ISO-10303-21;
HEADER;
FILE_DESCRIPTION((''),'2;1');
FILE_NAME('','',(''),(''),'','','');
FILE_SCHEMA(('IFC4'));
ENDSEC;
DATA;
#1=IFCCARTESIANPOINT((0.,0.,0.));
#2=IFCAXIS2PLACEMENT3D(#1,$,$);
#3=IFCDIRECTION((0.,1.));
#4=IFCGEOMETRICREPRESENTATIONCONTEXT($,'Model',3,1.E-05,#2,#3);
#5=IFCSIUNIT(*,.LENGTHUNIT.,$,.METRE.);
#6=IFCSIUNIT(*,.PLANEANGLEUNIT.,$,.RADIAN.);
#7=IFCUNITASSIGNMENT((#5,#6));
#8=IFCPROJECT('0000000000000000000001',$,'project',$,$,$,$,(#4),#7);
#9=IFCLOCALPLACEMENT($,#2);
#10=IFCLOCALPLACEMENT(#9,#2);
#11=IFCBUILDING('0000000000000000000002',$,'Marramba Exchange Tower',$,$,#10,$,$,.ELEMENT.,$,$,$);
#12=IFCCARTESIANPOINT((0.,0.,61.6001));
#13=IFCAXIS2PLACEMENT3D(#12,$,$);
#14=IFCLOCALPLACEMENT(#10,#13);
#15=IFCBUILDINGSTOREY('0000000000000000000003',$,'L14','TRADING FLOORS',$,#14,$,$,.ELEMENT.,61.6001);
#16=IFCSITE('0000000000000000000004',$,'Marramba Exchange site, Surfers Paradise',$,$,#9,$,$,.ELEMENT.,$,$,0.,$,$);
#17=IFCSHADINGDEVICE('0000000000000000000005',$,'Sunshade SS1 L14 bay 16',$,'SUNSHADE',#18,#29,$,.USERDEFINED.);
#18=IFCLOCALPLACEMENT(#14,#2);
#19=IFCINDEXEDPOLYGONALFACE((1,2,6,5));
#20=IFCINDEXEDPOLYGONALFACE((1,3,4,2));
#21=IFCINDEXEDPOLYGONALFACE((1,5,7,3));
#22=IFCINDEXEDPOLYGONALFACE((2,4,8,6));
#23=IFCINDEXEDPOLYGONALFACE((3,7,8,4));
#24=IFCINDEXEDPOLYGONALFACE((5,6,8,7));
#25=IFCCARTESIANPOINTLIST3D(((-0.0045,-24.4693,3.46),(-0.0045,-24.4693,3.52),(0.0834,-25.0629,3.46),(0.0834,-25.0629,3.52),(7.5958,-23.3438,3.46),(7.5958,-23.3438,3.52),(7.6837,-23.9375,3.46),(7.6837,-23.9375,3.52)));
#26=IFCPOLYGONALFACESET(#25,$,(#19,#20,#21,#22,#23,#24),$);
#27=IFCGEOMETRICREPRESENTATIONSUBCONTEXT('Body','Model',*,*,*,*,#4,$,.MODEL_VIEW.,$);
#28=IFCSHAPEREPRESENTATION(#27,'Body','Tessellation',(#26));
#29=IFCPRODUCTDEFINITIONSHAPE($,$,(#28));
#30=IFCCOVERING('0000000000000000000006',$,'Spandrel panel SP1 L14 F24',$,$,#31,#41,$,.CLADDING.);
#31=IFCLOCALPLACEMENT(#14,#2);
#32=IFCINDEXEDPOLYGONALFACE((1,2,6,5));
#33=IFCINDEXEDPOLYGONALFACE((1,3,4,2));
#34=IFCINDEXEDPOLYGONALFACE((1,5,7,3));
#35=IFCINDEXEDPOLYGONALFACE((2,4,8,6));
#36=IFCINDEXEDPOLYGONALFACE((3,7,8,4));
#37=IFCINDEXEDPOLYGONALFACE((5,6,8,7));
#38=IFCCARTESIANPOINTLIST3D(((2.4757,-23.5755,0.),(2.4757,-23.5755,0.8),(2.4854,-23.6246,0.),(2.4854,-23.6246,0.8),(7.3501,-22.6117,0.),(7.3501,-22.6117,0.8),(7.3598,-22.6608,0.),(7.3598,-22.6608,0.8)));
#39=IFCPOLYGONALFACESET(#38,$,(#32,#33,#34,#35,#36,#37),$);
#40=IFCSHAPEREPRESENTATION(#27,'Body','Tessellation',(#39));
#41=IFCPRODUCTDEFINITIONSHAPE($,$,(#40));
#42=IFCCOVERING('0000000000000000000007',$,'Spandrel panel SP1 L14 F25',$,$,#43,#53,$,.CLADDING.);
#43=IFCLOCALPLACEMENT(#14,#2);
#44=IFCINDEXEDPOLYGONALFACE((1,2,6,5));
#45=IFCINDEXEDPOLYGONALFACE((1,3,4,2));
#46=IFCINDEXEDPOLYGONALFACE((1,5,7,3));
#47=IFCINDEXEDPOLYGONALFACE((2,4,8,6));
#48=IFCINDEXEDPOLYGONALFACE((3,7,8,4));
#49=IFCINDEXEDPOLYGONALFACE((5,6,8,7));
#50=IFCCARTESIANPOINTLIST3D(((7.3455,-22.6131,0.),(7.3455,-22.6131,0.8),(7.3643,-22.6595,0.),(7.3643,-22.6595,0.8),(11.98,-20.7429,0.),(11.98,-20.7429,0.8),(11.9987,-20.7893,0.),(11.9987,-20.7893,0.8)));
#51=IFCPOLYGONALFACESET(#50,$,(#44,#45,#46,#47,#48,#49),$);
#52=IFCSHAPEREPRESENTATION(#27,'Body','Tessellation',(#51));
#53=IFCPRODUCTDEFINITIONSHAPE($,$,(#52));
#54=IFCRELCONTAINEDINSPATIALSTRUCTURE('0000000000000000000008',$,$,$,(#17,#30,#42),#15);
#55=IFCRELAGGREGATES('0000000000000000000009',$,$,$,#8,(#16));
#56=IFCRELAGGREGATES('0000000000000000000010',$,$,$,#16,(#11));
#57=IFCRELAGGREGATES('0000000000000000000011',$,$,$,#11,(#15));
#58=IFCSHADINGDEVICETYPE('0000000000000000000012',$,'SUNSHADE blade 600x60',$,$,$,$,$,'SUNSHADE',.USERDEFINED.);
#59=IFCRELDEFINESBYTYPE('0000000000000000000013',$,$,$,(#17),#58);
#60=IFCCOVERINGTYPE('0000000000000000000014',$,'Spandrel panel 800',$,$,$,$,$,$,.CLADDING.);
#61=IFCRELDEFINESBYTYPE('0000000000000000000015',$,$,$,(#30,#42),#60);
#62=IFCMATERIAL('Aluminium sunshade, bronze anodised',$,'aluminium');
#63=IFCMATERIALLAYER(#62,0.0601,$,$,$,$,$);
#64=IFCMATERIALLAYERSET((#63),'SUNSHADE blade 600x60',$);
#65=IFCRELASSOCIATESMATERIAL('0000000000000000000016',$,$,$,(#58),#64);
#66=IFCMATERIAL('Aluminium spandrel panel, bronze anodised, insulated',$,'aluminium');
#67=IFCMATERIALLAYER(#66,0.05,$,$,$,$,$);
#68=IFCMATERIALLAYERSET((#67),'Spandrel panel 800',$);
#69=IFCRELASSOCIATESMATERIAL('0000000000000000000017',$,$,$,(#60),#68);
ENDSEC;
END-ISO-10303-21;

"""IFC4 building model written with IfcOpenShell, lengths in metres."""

from ifc_helpers import new_model, si_unit, direction, frame, origin, origin_2d, place, context, subcontext, project, spatial, rectangle, extrude, material, layer, layer_set, type_object, element, save


model = new_model("IFC4")

# Units and contexts
model_context = context("Model", 3, precision=1e-05, world=origin(), true_north=direction((0.0, 1.0)))
body_context = subcontext(model_context, "Body", "Model", "MODEL_VIEW")
ifc_project = project(units=[si_unit("LENGTHUNIT", "METRE"), si_unit("PLANEANGLEUNIT", "RADIAN")], contexts=[model_context])

# Site, building, storey
site_placement = place(None, origin())
site = spatial("IfcSite", under=ifc_project, at=site_placement, Name="Marramba Exchange site, Surfers Paradise", CompositionType="ELEMENT", RefElevation=0.0)
building_placement = place(site_placement, origin())
building = spatial("IfcBuilding", under=site, at=building_placement, Name="Marramba Exchange Tower", CompositionType="ELEMENT")
storey_placement = place(building_placement, frame((0.0, 0.0, 61.6001)))
storey = spatial("IfcBuildingStorey", under=building, at=storey_placement, Name="L14", Description="TRADING FLOORS", CompositionType="ELEMENT", Elevation=61.6001)

# Shading device
ifc_material_1 = material(Name="Aluminium sunshade, bronze anodised", Category="aluminium")
ifc_layer_1 = layer(ifc_material_1, 0.0601)
ifc_layer_set_1 = layer_set([ifc_layer_1], Name="SUNSHADE blade 600x60")
shading_device_type_1 = type_object("IfcShadingDeviceType", Name="SUNSHADE blade 600x60", ElementType="SUNSHADE", PredefinedType="USERDEFINED", material=ifc_layer_set_1)
shading_device_1_placement = place(storey_placement, frame((3.8396, -24.2034, 3.46), z_axis=(0.0, 0.0, 1.0), x_axis=(0.989213, 0.146485, 0.0)))
element("IfcShadingDevice", 1, at=shading_device_1_placement, inside=storey, type_object=shading_device_type_1, Name="Sunshade SS1 L14 bay 16", ObjectType="SUNSHADE", PredefinedType="USERDEFINED", context=body_context, shape_type="SweptSolid", body=[
    extrude(rectangle(XDim=7.6831, YDim=0.6001, at=origin_2d()), origin(), (0.0, 0.0, 1.0), 0.0601),
])

# Coverings
ifc_material_2 = material(Name="Aluminium spandrel panel, bronze anodised, insulated", Category="aluminium")
ifc_layer_2 = layer(ifc_material_2, 0.05)
ifc_layer_set_2 = layer_set([ifc_layer_2], Name="Spandrel panel 800")
covering_type = type_object("IfcCoveringType", Name="Spandrel panel 800", PredefinedType="CLADDING", material=ifc_layer_set_2)
covering_1_placement = place(storey_placement, frame((4.9177, -23.1182, 0.0), z_axis=(0.0, 0.0, 1.0), x_axis=(0.981009, 0.193961, 0.0)))
element("IfcCovering", 2, at=covering_1_placement, inside=storey, type_object=covering_type, Name="Spandrel panel SP1 L14 F24", PredefinedType="CLADDING", context=body_context, shape_type="SweptSolid", body=[
    extrude(rectangle(XDim=4.9688, YDim=0.05, at=origin_2d()), origin(), (0.0, 0.0, 1.0), 0.8),
])
covering_2_placement = place(storey_placement, frame((9.6721, -21.7012, 0.0), z_axis=(0.0, 0.0, 1.0), x_axis=(0.927341, 0.374218, 0.0)))
element("IfcCovering", 3, at=covering_2_placement, inside=storey, type_object=covering_type, Name="Spandrel panel SP1 L14 F25", PredefinedType="CLADDING", context=body_context, shape_type="SweptSolid", body=[
    extrude(rectangle(XDim=4.9976, YDim=0.05, at=origin_2d()), origin(), (0.0, 0.0, 1.0), 0.8),
])

save(model, "model.ifc")
